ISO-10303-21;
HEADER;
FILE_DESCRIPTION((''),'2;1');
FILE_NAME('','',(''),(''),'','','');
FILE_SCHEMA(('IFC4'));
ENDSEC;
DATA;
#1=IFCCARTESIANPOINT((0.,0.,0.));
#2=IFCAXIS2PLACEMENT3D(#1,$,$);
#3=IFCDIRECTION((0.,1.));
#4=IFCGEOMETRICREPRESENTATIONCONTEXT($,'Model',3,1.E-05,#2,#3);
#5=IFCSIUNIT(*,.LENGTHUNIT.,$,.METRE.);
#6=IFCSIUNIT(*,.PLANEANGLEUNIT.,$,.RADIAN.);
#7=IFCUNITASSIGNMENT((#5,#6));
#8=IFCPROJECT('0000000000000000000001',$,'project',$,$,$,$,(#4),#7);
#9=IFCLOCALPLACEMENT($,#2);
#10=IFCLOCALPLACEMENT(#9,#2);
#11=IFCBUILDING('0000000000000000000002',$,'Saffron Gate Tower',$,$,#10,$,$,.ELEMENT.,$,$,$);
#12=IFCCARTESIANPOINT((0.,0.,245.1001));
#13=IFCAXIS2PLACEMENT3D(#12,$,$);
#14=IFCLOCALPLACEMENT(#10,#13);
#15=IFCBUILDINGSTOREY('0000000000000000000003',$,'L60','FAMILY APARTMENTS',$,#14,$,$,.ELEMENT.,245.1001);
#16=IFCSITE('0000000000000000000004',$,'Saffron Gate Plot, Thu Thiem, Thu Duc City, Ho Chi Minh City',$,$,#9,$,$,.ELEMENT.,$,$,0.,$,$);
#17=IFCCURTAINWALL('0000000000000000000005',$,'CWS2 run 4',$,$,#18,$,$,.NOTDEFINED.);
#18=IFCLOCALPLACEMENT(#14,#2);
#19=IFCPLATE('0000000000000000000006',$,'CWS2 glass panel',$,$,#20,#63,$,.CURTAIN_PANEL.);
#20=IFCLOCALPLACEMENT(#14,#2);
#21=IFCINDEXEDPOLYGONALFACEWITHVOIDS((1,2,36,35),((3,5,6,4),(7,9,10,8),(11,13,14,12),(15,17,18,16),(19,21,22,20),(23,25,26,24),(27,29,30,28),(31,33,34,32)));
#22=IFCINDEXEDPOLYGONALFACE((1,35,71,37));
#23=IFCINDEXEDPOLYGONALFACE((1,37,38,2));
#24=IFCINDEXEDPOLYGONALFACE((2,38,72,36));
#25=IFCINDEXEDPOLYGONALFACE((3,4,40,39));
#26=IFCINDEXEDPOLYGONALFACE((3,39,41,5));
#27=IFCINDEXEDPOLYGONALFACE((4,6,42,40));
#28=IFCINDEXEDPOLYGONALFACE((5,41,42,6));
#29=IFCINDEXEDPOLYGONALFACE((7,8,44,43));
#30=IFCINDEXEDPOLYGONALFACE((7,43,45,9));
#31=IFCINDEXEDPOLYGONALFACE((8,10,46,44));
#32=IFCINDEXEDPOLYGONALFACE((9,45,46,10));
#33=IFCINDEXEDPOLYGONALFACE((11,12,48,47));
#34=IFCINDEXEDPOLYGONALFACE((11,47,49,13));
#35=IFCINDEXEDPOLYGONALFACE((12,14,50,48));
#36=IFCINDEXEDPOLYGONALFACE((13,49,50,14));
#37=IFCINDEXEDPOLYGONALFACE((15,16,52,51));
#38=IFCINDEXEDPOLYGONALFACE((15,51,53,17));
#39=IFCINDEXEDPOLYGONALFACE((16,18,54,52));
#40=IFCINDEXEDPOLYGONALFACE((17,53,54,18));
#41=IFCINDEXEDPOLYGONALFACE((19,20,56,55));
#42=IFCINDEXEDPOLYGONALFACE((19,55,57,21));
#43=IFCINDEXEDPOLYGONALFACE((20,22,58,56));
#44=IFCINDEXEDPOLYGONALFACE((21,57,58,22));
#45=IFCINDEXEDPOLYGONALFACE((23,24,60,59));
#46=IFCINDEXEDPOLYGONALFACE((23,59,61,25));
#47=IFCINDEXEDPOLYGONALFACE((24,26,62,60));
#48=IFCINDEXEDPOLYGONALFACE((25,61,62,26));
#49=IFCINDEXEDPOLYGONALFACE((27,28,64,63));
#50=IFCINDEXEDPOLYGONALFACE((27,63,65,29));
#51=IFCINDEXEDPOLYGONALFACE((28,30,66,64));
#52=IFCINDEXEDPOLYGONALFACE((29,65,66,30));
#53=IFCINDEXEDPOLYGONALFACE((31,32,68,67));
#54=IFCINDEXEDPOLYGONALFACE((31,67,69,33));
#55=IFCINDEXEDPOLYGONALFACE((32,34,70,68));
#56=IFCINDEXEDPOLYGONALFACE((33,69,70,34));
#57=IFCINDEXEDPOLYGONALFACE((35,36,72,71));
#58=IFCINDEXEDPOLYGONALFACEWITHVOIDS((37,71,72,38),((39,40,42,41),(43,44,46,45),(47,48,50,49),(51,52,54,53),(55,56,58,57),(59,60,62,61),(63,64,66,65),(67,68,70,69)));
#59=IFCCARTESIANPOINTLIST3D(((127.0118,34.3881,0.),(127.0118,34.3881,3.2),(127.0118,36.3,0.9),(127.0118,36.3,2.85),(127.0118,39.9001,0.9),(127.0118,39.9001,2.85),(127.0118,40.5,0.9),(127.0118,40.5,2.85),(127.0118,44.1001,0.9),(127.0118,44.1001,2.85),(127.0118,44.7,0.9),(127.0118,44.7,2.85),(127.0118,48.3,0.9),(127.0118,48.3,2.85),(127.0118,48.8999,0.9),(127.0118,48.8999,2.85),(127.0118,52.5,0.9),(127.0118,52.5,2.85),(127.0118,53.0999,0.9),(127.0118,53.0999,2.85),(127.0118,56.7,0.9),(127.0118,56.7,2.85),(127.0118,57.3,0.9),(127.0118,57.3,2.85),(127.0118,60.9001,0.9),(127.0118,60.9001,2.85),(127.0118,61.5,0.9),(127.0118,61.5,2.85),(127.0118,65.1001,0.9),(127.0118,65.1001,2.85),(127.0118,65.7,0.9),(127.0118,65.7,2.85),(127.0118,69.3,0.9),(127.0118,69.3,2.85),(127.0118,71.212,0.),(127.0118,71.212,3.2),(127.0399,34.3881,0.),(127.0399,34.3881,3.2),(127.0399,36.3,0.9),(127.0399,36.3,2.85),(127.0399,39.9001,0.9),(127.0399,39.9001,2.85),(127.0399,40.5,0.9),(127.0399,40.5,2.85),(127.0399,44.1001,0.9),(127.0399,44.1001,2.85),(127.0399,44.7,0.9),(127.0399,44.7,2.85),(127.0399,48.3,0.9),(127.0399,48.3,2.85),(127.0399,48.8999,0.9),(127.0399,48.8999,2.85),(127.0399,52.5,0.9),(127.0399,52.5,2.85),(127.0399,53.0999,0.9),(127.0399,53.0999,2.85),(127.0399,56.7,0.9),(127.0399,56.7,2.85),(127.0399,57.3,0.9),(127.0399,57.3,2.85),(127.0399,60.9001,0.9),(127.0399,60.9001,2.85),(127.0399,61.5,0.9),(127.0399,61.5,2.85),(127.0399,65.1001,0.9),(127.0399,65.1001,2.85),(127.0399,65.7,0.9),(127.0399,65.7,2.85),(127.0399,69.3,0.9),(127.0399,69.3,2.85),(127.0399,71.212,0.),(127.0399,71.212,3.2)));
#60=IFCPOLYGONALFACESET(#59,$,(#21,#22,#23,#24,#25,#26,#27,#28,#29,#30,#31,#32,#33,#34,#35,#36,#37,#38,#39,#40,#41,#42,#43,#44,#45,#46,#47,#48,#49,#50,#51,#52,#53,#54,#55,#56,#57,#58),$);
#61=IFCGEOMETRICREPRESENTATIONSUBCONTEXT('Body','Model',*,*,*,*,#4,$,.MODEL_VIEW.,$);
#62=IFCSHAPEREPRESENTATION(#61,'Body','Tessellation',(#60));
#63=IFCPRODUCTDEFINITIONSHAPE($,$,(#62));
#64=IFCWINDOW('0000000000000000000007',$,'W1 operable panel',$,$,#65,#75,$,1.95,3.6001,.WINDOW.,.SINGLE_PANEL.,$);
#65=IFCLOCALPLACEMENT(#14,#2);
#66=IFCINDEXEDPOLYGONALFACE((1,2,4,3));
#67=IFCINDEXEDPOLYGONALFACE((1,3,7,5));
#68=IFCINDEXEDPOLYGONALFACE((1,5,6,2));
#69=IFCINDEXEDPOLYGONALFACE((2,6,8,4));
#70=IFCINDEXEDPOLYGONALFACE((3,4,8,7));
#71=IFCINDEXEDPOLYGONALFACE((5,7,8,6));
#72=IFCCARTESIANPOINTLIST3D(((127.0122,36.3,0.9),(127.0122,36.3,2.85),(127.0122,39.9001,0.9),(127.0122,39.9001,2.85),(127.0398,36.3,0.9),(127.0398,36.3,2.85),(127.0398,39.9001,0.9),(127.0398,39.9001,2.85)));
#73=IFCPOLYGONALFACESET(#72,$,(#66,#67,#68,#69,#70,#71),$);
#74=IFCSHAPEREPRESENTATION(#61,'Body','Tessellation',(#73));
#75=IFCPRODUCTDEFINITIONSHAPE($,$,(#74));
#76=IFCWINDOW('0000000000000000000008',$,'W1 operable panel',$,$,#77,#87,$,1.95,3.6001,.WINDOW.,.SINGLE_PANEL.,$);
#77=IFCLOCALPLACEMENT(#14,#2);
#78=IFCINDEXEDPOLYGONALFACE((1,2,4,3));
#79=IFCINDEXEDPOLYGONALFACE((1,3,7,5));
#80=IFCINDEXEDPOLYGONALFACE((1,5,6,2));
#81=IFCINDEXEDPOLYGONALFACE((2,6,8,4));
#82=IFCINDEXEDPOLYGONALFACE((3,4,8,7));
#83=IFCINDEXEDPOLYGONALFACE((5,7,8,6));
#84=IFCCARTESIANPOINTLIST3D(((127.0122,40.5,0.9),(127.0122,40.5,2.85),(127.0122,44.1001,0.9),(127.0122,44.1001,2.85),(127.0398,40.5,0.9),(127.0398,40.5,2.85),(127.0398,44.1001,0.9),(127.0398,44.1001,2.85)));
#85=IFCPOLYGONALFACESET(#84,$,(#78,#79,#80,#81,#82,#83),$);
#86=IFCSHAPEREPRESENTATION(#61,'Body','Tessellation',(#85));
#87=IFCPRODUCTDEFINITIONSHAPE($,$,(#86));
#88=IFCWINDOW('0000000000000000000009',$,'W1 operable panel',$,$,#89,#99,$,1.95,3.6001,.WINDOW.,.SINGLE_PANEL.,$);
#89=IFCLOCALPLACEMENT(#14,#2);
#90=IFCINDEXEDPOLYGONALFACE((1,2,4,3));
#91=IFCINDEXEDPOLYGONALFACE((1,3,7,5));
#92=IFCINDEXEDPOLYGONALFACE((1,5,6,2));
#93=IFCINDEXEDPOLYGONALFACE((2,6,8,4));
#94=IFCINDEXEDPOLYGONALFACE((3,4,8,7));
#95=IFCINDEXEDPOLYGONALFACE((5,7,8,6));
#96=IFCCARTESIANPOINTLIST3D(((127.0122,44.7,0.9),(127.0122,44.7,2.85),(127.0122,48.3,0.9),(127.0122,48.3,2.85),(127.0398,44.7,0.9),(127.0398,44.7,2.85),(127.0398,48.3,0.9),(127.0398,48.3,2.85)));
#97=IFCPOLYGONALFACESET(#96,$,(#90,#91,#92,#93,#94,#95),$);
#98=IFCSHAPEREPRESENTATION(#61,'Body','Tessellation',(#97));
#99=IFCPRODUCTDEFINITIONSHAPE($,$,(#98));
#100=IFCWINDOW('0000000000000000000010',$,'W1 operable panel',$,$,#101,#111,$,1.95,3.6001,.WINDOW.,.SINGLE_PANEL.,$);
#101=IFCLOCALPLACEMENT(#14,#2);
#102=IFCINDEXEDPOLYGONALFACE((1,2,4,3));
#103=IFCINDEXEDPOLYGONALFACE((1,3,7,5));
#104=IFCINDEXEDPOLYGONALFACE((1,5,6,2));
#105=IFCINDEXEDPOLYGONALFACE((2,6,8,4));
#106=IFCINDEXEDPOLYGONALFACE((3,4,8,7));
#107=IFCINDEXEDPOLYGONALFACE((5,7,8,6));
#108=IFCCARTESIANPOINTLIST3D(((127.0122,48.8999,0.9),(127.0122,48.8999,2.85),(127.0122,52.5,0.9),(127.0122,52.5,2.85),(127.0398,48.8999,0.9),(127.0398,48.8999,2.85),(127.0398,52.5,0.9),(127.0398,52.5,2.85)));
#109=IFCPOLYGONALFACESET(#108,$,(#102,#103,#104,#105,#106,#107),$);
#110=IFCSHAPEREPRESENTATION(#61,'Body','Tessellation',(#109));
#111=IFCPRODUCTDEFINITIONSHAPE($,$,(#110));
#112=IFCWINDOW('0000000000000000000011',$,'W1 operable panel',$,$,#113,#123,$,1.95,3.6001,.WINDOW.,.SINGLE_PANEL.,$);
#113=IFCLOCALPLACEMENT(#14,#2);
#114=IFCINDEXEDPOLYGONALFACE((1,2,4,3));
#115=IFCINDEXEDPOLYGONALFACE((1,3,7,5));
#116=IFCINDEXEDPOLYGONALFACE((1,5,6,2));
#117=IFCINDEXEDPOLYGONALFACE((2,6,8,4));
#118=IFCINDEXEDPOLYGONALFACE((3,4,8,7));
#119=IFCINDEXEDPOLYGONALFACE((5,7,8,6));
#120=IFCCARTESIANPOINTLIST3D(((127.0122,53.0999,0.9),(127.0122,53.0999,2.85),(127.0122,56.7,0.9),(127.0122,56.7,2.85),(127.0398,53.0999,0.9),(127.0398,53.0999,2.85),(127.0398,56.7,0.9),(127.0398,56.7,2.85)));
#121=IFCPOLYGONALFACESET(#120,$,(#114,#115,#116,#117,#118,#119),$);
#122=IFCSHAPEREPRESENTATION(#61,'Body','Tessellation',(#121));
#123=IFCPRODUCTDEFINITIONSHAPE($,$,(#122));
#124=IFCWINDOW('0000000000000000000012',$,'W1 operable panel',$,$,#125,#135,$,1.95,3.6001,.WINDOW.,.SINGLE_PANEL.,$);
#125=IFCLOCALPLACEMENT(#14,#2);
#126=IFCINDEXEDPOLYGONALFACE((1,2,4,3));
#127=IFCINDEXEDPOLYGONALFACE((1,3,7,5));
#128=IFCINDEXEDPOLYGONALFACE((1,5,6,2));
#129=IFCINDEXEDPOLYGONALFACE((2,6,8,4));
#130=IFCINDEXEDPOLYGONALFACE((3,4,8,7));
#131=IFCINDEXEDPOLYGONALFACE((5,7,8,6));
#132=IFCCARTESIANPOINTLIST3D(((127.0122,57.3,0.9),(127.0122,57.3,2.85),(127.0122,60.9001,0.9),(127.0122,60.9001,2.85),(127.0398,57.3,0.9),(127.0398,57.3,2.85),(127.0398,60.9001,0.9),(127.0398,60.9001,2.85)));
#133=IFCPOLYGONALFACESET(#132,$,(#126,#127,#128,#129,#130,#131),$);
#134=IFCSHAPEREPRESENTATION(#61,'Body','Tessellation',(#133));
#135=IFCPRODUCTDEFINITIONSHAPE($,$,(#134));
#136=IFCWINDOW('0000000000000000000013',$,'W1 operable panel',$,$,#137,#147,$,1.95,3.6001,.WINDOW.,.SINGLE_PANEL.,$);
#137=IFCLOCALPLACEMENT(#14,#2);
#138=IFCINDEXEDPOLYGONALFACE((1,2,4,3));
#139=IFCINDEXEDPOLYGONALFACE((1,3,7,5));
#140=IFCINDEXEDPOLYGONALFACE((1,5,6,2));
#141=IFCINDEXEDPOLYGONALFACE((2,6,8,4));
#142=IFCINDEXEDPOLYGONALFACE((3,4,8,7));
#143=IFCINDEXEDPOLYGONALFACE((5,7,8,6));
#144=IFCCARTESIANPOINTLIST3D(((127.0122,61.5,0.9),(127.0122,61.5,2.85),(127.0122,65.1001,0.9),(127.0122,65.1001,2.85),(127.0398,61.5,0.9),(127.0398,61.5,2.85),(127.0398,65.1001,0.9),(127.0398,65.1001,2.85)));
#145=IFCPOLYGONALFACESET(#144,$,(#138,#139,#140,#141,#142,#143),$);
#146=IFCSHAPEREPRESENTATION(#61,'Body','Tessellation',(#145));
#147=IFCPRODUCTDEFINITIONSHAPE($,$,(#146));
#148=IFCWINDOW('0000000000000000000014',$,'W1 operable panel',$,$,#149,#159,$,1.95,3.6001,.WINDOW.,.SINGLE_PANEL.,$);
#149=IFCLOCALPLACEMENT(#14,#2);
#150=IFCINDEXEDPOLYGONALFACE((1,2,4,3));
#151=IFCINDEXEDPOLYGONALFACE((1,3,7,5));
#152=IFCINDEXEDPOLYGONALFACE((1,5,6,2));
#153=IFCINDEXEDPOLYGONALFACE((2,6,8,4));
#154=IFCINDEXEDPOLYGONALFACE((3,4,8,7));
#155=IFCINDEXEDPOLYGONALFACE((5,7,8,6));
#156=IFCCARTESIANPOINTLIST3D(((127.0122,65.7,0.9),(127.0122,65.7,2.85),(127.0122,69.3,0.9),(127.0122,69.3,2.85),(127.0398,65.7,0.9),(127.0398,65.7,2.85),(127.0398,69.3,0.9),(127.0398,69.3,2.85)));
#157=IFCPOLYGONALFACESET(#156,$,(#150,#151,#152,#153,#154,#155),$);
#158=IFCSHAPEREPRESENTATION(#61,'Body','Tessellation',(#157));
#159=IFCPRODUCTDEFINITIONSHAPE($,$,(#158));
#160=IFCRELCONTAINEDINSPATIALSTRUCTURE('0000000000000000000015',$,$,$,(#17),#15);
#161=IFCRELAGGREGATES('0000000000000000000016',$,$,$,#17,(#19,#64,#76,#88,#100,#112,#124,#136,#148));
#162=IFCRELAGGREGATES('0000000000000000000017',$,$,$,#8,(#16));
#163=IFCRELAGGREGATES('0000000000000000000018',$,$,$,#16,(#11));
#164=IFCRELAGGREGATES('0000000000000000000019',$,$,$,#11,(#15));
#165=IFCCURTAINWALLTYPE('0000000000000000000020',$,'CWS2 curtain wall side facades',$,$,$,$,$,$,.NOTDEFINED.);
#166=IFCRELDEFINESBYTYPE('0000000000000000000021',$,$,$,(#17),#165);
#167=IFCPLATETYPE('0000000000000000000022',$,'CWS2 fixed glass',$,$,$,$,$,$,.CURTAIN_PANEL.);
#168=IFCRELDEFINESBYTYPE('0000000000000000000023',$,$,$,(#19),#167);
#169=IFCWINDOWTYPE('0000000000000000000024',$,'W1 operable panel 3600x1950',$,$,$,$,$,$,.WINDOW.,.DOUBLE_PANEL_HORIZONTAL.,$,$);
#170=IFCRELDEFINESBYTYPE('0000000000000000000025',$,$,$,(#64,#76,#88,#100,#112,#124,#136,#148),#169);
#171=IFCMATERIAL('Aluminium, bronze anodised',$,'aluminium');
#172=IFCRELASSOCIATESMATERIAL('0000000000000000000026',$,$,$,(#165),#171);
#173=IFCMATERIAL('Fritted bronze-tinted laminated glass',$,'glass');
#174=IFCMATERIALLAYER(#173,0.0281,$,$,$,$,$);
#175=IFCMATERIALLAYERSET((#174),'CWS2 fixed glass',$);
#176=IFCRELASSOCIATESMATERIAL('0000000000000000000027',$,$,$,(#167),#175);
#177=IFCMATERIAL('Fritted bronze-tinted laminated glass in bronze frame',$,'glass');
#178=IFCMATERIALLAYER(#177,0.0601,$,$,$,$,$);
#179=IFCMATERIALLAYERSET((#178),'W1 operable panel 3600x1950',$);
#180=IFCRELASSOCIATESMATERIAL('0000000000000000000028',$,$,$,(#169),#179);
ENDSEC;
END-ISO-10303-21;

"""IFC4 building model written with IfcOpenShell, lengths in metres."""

from ifc_helpers import new_model, si_unit, direction, frame, frame_2d, origin, place, context, subcontext, project, spatial, rectangle, extrude, material, layer, layer_set, type_object, element, fill, aggregate, save


model = new_model("IFC4")

# Units and contexts
model_context = context("Model", 3, precision=1e-05, world=origin(), true_north=direction((0.0, 1.0)))
body_context = subcontext(model_context, "Body", "Model", "MODEL_VIEW")
ifc_project = project(units=[si_unit("LENGTHUNIT", "METRE"), si_unit("PLANEANGLEUNIT", "RADIAN")], contexts=[model_context])

# Site, building, storey
site_placement = place(None, origin())
site = spatial("IfcSite", under=ifc_project, at=site_placement, Name="Saffron Gate Plot, Thu Thiem, Thu Duc City, Ho Chi Minh City", CompositionType="ELEMENT", RefElevation=0.0)
building_placement = place(site_placement, origin())
building = spatial("IfcBuilding", under=site, at=building_placement, Name="Saffron Gate Tower", CompositionType="ELEMENT")
storey_placement = place(building_placement, frame((0.0, 0.0, 245.1001)))
storey = spatial("IfcBuildingStorey", under=building, at=storey_placement, Name="L60", Description="FAMILY APARTMENTS", CompositionType="ELEMENT", Elevation=245.1001)

# Curtain wall
ifc_material_1 = material(Name="Aluminium, bronze anodised", Category="aluminium")
curtain_wall_type_1 = type_object("IfcCurtainWallType", Name="CWS2 curtain wall side facades", PredefinedType="NOTDEFINED", material=ifc_material_1)
curtain_wall_1_placement = place(storey_placement, origin())
curtain_wall_1 = element("IfcCurtainWall", 1, at=curtain_wall_1_placement, inside=storey, type_object=curtain_wall_type_1, Name="CWS2 run 4", PredefinedType="NOTDEFINED")

# Plate, openings, windows
ifc_material_2 = material(Name="Fritted bronze-tinted laminated glass", Category="glass")
ifc_layer_1 = layer(ifc_material_2, 0.0281)
ifc_layer_set_1 = layer_set([ifc_layer_1], Name="CWS2 fixed glass")
plate_type_1 = type_object("IfcPlateType", Name="CWS2 fixed glass", PredefinedType="CURTAIN_PANEL", material=ifc_layer_set_1)
plate_1_placement = place(storey_placement, frame((127.0259, 34.3879, 0.0), z_axis=(0.0, 0.0, 1.0), x_axis=(0.0, 1.0, 0.0)))
plate_1 = element("IfcPlate", 2, at=plate_1_placement, type_object=plate_type_1, Name="CWS2 glass panel", PredefinedType="CURTAIN_PANEL", context=body_context, shape_type="SweptSolid", body=[
    extrude(rectangle(XDim=36.824, YDim=0.0281, at=frame_2d((18.4121, 0.0))), origin(), (0.0, 0.0, 1.0), 3.2),
])
opening_1_placement = place(plate_1_placement, frame((1.9121, 0.0, 0.8999)))
opening_1 = element("IfcOpeningElement", 3, at=opening_1_placement, cuts=plate_1, PredefinedType="OPENING", context=body_context, shape_type="SweptSolid", body=[
    extrude(rectangle(XDim=3.6001, YDim=1.95, at=frame_2d((1.8, 0.9751))), frame((0.0, 0.0239, 0.0), z_axis=(0.0, -1.0, 0.0), x_axis=(1.0, 0.0, 0.0)), (0.0, 0.0, 1.0), 0.0481),
])
opening_2_placement = place(plate_1_placement, frame((6.1121, 0.0, 0.8999)))
opening_2 = element("IfcOpeningElement", 4, at=opening_2_placement, cuts=plate_1, PredefinedType="OPENING", context=body_context, shape_type="SweptSolid", body=[
    extrude(rectangle(XDim=3.6001, YDim=1.95, at=frame_2d((1.8, 0.9751))), frame((0.0, 0.0239, 0.0), z_axis=(0.0, -1.0, 0.0), x_axis=(1.0, 0.0, 0.0)), (0.0, 0.0, 1.0), 0.0481),
])
opening_3_placement = place(plate_1_placement, frame((10.312, 0.0, 0.8999)))
opening_3 = element("IfcOpeningElement", 5, at=opening_3_placement, cuts=plate_1, PredefinedType="OPENING", context=body_context, shape_type="SweptSolid", body=[
    extrude(rectangle(XDim=3.6001, YDim=1.95, at=frame_2d((1.8, 0.9751))), frame((0.0, 0.0239, 0.0), z_axis=(0.0, -1.0, 0.0), x_axis=(1.0, 0.0, 0.0)), (0.0, 0.0, 1.0), 0.0481),
])
opening_4_placement = place(plate_1_placement, frame((14.512, 0.0, 0.8999)))
opening_4 = element("IfcOpeningElement", 6, at=opening_4_placement, cuts=plate_1, PredefinedType="OPENING", context=body_context, shape_type="SweptSolid", body=[
    extrude(rectangle(XDim=3.6001, YDim=1.95, at=frame_2d((1.8, 0.9751))), frame((0.0, 0.0239, 0.0), z_axis=(0.0, -1.0, 0.0), x_axis=(1.0, 0.0, 0.0)), (0.0, 0.0, 1.0), 0.0481),
])
opening_5_placement = place(plate_1_placement, frame((18.7119, 0.0, 0.8999)))
opening_5 = element("IfcOpeningElement", 7, at=opening_5_placement, cuts=plate_1, PredefinedType="OPENING", context=body_context, shape_type="SweptSolid", body=[
    extrude(rectangle(XDim=3.6001, YDim=1.95, at=frame_2d((1.8, 0.9751))), frame((0.0, 0.0239, 0.0), z_axis=(0.0, -1.0, 0.0), x_axis=(1.0, 0.0, 0.0)), (0.0, 0.0, 1.0), 0.0481),
])
opening_6_placement = place(plate_1_placement, frame((22.9121, 0.0, 0.8999)))
opening_6 = element("IfcOpeningElement", 8, at=opening_6_placement, cuts=plate_1, PredefinedType="OPENING", context=body_context, shape_type="SweptSolid", body=[
    extrude(rectangle(XDim=3.6001, YDim=1.95, at=frame_2d((1.8, 0.9751))), frame((0.0, 0.0239, 0.0), z_axis=(0.0, -1.0, 0.0), x_axis=(1.0, 0.0, 0.0)), (0.0, 0.0, 1.0), 0.0481),
])
opening_7_placement = place(plate_1_placement, frame((27.1121, 0.0, 0.8999)))
opening_7 = element("IfcOpeningElement", 9, at=opening_7_placement, cuts=plate_1, PredefinedType="OPENING", context=body_context, shape_type="SweptSolid", body=[
    extrude(rectangle(XDim=3.6001, YDim=1.95, at=frame_2d((1.8, 0.9751))), frame((0.0, 0.0239, 0.0), z_axis=(0.0, -1.0, 0.0), x_axis=(1.0, 0.0, 0.0)), (0.0, 0.0, 1.0), 0.0481),
])
opening_8_placement = place(plate_1_placement, frame((31.312, 0.0, 0.8999)))
opening_8 = element("IfcOpeningElement", 10, at=opening_8_placement, cuts=plate_1, PredefinedType="OPENING", context=body_context, shape_type="SweptSolid", body=[
    extrude(rectangle(XDim=3.6001, YDim=1.95, at=frame_2d((1.8, 0.9751))), frame((0.0, 0.0239, 0.0), z_axis=(0.0, -1.0, 0.0), x_axis=(1.0, 0.0, 0.0)), (0.0, 0.0, 1.0), 0.0481),
])
ifc_material_3 = material(Name="Fritted bronze-tinted laminated glass in bronze frame", Category="glass")
ifc_layer_2 = layer(ifc_material_3, 0.0601)
ifc_layer_set_2 = layer_set([ifc_layer_2], Name="W1 operable panel 3600x1950")
window_type = type_object("IfcWindowType", Name="W1 operable panel 3600x1950", PartitioningType="DOUBLE_PANEL_HORIZONTAL", PredefinedType="WINDOW", material=ifc_layer_set_2)
window_1_placement = place(opening_1_placement, origin())
window_1 = element("IfcWindow", 11, at=window_1_placement, type_object=window_type, Name="W1 operable panel", OverallHeight=1.95, OverallWidth=3.6001, PartitioningType="SINGLE_PANEL", PredefinedType="WINDOW", context=body_context, shape_type="SweptSolid", body=[
    extrude(rectangle(XDim=3.6001, YDim=1.95, at=frame_2d((1.8, 0.9751))), frame((0.0, 0.0137, 0.0), z_axis=(0.0, -1.0, 0.0), x_axis=(1.0, 0.0, 0.0)), (0.0, 0.0, 1.0), 0.0276),
])
fill(opening_1, window_1)
window_2_placement = place(opening_2_placement, origin())
window_2 = element("IfcWindow", 12, at=window_2_placement, type_object=window_type, Name="W1 operable panel", OverallHeight=1.95, OverallWidth=3.6001, PartitioningType="SINGLE_PANEL", PredefinedType="WINDOW", context=body_context, shape_type="SweptSolid", body=[
    extrude(rectangle(XDim=3.6001, YDim=1.95, at=frame_2d((1.8, 0.9751))), frame((0.0, 0.0137, 0.0), z_axis=(0.0, -1.0, 0.0), x_axis=(1.0, 0.0, 0.0)), (0.0, 0.0, 1.0), 0.0276),
])
fill(opening_2, window_2)
window_3_placement = place(opening_3_placement, origin())
window_3 = element("IfcWindow", 13, at=window_3_placement, type_object=window_type, Name="W1 operable panel", OverallHeight=1.95, OverallWidth=3.6001, PartitioningType="SINGLE_PANEL", PredefinedType="WINDOW", context=body_context, shape_type="SweptSolid", body=[
    extrude(rectangle(XDim=3.6001, YDim=1.95, at=frame_2d((1.8, 0.9751))), frame((0.0, 0.0137, 0.0), z_axis=(0.0, -1.0, 0.0), x_axis=(1.0, 0.0, 0.0)), (0.0, 0.0, 1.0), 0.0276),
])
fill(opening_3, window_3)
window_4_placement = place(opening_4_placement, origin())
window_4 = element("IfcWindow", 14, at=window_4_placement, type_object=window_type, Name="W1 operable panel", OverallHeight=1.95, OverallWidth=3.6001, PartitioningType="SINGLE_PANEL", PredefinedType="WINDOW", context=body_context, shape_type="SweptSolid", body=[
    extrude(rectangle(XDim=3.6001, YDim=1.95, at=frame_2d((1.8, 0.9751))), frame((0.0, 0.0137, 0.0), z_axis=(0.0, -1.0, 0.0), x_axis=(1.0, 0.0, 0.0)), (0.0, 0.0, 1.0), 0.0276),
])
fill(opening_4, window_4)
window_5_placement = place(opening_5_placement, origin())
window_5 = element("IfcWindow", 15, at=window_5_placement, type_object=window_type, Name="W1 operable panel", OverallHeight=1.95, OverallWidth=3.6001, PartitioningType="SINGLE_PANEL", PredefinedType="WINDOW", context=body_context, shape_type="SweptSolid", body=[
    extrude(rectangle(XDim=3.6001, YDim=1.95, at=frame_2d((1.8, 0.9751))), frame((0.0, 0.0137, 0.0), z_axis=(0.0, -1.0, 0.0), x_axis=(1.0, 0.0, 0.0)), (0.0, 0.0, 1.0), 0.0276),
])
fill(opening_5, window_5)
window_6_placement = place(opening_6_placement, origin())
window_6 = element("IfcWindow", 16, at=window_6_placement, type_object=window_type, Name="W1 operable panel", OverallHeight=1.95, OverallWidth=3.6001, PartitioningType="SINGLE_PANEL", PredefinedType="WINDOW", context=body_context, shape_type="SweptSolid", body=[
    extrude(rectangle(XDim=3.6001, YDim=1.95, at=frame_2d((1.8, 0.9751))), frame((0.0, 0.0137, 0.0), z_axis=(0.0, -1.0, 0.0), x_axis=(1.0, 0.0, 0.0)), (0.0, 0.0, 1.0), 0.0276),
])
fill(opening_6, window_6)
window_7_placement = place(opening_7_placement, origin())
window_7 = element("IfcWindow", 17, at=window_7_placement, type_object=window_type, Name="W1 operable panel", OverallHeight=1.95, OverallWidth=3.6001, PartitioningType="SINGLE_PANEL", PredefinedType="WINDOW", context=body_context, shape_type="SweptSolid", body=[
    extrude(rectangle(XDim=3.6001, YDim=1.95, at=frame_2d((1.8, 0.9751))), frame((0.0, 0.0137, 0.0), z_axis=(0.0, -1.0, 0.0), x_axis=(1.0, 0.0, 0.0)), (0.0, 0.0, 1.0), 0.0276),
])
fill(opening_7, window_7)
window_8_placement = place(opening_8_placement, origin())
window_8 = element("IfcWindow", 18, at=window_8_placement, type_object=window_type, Name="W1 operable panel", OverallHeight=1.95, OverallWidth=3.6001, PartitioningType="SINGLE_PANEL", PredefinedType="WINDOW", context=body_context, shape_type="SweptSolid", body=[
    extrude(rectangle(XDim=3.6001, YDim=1.95, at=frame_2d((1.8, 0.9751))), frame((0.0, 0.0137, 0.0), z_axis=(0.0, -1.0, 0.0), x_axis=(1.0, 0.0, 0.0)), (0.0, 0.0, 1.0), 0.0276),
])
fill(opening_8, window_8)
aggregate(curtain_wall_1, [plate_1, window_1, window_2, window_3, window_4, window_5, window_6, window_7, window_8])

save(model, "model.ifc")
